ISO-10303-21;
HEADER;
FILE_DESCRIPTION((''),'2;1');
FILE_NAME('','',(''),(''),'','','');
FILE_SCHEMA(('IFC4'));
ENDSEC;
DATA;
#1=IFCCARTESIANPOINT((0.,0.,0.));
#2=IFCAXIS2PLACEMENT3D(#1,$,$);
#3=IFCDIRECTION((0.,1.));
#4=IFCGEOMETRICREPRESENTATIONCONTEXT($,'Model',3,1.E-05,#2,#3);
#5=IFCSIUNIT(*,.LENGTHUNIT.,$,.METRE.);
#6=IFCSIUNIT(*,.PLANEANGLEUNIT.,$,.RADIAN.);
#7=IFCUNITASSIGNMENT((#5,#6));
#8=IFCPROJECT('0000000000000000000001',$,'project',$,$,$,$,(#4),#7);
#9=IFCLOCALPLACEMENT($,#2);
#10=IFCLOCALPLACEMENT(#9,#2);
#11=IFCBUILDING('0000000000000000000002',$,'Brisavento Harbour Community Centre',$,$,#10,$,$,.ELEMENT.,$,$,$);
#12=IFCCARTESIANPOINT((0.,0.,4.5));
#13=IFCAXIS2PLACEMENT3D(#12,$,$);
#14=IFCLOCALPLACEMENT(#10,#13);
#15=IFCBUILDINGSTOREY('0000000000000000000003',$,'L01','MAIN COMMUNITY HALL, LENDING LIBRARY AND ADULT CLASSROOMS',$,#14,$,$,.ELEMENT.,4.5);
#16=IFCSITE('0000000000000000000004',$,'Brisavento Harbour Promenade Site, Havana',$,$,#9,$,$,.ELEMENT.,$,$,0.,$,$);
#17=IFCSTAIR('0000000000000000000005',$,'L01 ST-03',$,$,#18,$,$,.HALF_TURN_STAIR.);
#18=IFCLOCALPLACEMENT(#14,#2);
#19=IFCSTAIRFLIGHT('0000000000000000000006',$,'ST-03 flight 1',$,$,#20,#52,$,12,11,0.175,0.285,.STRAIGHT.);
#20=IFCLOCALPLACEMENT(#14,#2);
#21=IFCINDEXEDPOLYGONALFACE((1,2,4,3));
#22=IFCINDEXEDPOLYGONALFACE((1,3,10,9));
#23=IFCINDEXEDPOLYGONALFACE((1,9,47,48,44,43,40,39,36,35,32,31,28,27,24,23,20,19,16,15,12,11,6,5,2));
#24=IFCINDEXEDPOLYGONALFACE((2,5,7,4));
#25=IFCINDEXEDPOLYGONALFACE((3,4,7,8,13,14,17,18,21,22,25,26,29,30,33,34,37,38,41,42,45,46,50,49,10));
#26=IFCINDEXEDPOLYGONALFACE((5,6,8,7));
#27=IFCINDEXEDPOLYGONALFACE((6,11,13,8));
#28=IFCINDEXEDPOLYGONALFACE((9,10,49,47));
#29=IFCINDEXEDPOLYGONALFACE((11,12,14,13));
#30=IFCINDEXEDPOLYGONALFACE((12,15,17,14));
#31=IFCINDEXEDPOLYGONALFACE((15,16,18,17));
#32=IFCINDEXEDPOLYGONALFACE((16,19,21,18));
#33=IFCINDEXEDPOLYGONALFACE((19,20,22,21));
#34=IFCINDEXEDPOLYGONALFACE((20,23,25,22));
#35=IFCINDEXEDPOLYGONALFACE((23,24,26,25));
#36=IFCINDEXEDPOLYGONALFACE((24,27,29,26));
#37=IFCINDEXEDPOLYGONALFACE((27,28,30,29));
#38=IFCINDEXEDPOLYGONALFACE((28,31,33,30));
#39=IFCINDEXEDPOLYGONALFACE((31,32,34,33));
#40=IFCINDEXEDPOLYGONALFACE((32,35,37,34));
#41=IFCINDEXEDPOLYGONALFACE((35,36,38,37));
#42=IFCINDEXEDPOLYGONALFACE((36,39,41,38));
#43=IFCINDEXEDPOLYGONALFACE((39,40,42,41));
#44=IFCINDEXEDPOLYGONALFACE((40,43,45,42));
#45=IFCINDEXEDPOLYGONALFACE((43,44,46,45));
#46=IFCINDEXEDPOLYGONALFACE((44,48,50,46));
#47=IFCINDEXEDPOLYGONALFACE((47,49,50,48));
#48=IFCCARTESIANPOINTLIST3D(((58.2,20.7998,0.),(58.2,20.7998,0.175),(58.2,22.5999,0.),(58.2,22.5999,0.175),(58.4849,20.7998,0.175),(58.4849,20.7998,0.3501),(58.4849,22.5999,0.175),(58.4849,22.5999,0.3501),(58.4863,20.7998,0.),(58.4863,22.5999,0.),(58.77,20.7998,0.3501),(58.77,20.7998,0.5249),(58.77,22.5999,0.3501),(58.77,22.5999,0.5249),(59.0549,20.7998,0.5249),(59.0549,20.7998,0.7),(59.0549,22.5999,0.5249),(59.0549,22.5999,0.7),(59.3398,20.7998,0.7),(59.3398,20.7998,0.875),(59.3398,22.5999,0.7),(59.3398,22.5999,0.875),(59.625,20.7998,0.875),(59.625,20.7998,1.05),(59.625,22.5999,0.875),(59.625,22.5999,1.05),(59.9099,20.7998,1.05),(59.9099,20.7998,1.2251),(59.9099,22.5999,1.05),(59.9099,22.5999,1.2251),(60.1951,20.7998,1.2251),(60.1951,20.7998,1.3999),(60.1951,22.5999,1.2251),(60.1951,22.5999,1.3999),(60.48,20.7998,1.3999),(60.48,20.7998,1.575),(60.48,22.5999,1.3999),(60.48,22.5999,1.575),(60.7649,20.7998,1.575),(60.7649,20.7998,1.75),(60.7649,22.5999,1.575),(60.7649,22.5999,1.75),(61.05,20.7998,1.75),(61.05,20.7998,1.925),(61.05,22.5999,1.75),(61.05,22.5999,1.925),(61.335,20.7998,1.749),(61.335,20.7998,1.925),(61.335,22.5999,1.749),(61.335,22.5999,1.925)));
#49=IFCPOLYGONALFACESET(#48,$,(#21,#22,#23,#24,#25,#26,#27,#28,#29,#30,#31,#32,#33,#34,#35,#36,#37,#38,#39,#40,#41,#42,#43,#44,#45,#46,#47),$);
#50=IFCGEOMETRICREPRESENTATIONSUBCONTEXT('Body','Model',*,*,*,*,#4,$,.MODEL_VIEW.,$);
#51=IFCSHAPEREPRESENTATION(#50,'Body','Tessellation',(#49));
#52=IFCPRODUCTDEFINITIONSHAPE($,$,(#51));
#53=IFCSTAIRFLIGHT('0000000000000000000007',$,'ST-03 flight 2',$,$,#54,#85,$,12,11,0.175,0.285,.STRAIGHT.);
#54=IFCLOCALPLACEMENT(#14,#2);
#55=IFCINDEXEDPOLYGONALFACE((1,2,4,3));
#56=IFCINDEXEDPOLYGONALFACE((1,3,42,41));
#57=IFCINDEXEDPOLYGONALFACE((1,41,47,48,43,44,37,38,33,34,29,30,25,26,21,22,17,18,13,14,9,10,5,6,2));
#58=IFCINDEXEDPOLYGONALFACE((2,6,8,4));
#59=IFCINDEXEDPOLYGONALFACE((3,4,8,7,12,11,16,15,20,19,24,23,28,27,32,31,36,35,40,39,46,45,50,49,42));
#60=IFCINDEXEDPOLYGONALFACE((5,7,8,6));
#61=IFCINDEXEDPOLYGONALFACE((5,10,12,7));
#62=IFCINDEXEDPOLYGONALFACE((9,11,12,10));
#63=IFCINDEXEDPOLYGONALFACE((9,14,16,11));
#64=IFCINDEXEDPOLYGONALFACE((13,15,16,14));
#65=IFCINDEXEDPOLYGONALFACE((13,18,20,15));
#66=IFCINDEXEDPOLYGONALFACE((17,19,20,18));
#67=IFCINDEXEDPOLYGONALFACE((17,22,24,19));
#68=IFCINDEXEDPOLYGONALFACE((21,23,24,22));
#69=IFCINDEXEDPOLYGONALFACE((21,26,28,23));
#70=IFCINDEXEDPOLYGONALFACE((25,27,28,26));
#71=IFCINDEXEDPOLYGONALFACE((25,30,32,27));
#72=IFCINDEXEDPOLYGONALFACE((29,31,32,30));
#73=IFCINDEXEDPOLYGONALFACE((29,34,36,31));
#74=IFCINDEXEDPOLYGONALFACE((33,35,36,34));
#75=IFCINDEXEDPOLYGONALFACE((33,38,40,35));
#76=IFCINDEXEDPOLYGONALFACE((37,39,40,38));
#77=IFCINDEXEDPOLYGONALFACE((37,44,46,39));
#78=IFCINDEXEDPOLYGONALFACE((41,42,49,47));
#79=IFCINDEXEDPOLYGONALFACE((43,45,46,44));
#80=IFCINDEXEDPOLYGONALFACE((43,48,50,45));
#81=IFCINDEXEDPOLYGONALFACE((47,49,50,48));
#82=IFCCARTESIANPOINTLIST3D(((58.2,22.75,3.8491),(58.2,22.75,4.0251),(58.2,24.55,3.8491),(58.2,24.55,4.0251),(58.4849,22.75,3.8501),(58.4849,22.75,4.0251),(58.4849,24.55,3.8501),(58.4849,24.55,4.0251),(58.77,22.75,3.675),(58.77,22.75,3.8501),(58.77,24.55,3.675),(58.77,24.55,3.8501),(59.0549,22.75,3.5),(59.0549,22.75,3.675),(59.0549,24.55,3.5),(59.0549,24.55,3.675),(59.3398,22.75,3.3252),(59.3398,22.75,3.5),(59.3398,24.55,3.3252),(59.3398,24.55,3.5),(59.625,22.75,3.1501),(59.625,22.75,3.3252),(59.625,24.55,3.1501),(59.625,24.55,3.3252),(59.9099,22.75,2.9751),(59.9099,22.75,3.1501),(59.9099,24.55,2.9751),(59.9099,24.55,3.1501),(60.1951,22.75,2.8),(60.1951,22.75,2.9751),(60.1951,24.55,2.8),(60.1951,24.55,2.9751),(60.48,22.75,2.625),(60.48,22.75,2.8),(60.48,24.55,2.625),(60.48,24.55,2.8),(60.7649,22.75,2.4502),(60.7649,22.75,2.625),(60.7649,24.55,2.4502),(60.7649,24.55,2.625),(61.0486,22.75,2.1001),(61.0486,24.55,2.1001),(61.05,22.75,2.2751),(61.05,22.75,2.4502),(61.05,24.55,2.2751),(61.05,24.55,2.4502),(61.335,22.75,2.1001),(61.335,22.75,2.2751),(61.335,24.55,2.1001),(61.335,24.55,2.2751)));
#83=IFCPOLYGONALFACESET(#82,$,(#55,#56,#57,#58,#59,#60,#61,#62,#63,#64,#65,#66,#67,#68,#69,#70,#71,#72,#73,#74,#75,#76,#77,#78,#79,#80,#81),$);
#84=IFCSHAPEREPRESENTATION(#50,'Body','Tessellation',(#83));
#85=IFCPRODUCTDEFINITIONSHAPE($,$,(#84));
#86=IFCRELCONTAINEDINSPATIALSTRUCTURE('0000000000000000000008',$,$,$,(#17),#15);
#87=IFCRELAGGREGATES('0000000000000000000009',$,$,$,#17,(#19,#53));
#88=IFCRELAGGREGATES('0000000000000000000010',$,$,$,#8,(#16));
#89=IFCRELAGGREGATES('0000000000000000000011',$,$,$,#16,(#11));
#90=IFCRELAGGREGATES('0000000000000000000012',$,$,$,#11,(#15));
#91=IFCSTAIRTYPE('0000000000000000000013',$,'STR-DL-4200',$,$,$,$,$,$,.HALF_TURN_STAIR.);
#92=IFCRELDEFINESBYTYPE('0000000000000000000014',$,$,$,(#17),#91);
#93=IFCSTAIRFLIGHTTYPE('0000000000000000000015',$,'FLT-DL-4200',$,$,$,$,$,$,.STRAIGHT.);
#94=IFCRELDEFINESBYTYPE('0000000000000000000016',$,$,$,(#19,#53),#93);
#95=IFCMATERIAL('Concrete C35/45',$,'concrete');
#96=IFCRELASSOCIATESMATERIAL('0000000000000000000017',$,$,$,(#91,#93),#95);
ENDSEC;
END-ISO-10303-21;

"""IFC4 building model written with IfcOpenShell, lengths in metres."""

from ifc_helpers import new_model, si_unit, direction, frame, origin, place, context, subcontext, project, spatial, polyline, outline, extrude, material, type_object, element, aggregate, save


model = new_model("IFC4")

# Units and contexts
model_context = context("Model", 3, precision=1e-05, world=origin(), true_north=direction((0.0, 1.0)))
body_context = subcontext(model_context, "Body", "Model", "MODEL_VIEW")
ifc_project = project(units=[si_unit("LENGTHUNIT", "METRE"), si_unit("PLANEANGLEUNIT", "RADIAN")], contexts=[model_context])

# Site, building, storey
site_placement = place(None, origin())
site = spatial("IfcSite", under=ifc_project, at=site_placement, Name="Brisavento Harbour Promenade Site, Havana", CompositionType="ELEMENT", RefElevation=0.0)
building_placement = place(site_placement, origin())
building = spatial("IfcBuilding", under=site, at=building_placement, Name="Brisavento Harbour Community Centre", CompositionType="ELEMENT")
storey_placement = place(building_placement, frame((0.0, 0.0, 4.5)))
storey = spatial("IfcBuildingStorey", under=building, at=storey_placement, Name="L01", Description="MAIN COMMUNITY HALL, LENDING LIBRARY AND ADULT CLASSROOMS", CompositionType="ELEMENT", Elevation=4.5)

# Shared definitions
ifc_material_1 = material(Name="Concrete C35/45", Category="concrete")

# Stair, stair flights
stair_type = type_object("IfcStairType", Name="STR-DL-4200", PredefinedType="HALF_TURN_STAIR", material=ifc_material_1)
stair_placement = place(storey_placement, origin())
stair = element("IfcStair", 1, at=stair_placement, inside=storey, type_object=stair_type, Name="L01 ST-03", PredefinedType="HALF_TURN_STAIR")
stair_flight_type = type_object("IfcStairFlightType", Name="FLT-DL-4200", PredefinedType="STRAIGHT", material=ifc_material_1)
stair_flight_1_placement = place(storey_placement, frame((58.2, 21.7, 0.0), z_axis=(0.0, 0.0, 1.0), x_axis=(1.0, 0.0, 0.0)))
stair_flight_1 = element("IfcStairFlight", 2, at=stair_flight_1_placement, type_object=stair_flight_type, Name="ST-03 flight 1", NumberOfRisers=12, NumberOfTreads=11, PredefinedType="STRAIGHT", RiserHeight=0.175, TreadLength=0.285, context=body_context, shape_type="SweptSolid", body=[
    extrude(outline(polyline([(0.0, 0.0), (0.0, 0.175), (0.2849, 0.175), (0.2849, 0.3501), (0.5701, 0.3501), (0.5701, 0.5249), (0.855, 0.5249), (0.855, 0.7), (1.1399, 0.7), (1.1399, 0.875), (1.425, 0.875), (1.425, 1.05), (1.71, 1.05), (1.71, 1.2251), (1.9951, 1.2251), (1.9951, 1.3999), (2.28, 1.3999), (2.28, 1.575), (2.5649, 1.575), (2.5649, 1.75), (2.8501, 1.75), (2.8501, 1.925), (3.135, 1.925), (3.135, 2.1001), (3.135, 1.749), (0.2864, 0.0), (0.0, 0.0)])), frame((0.0, 0.8999, 0.0), z_axis=(0.0, -1.0, 0.0), x_axis=(1.0, 0.0, 0.0)), (0.0, 0.0, 1.0), 1.8),
])
stair_flight_2_placement = place(storey_placement, frame((61.335, 23.6499, 2.1001), z_axis=(0.0, 0.0, 1.0), x_axis=(-1.0, 0.0, 0.0)))
stair_flight_2 = element("IfcStairFlight", 3, at=stair_flight_2_placement, type_object=stair_flight_type, Name="ST-03 flight 2", NumberOfRisers=12, NumberOfTreads=11, PredefinedType="STRAIGHT", RiserHeight=0.175, TreadLength=0.285, context=body_context, shape_type="SweptSolid", body=[
    extrude(outline(polyline([(0.0, 0.0), (0.0, 0.175), (0.2849, 0.175), (0.2849, 0.3501), (0.5701, 0.3501), (0.5701, 0.5249), (0.855, 0.5249), (0.855, 0.7), (1.1399, 0.7), (1.1399, 0.875), (1.425, 0.875), (1.425, 1.05), (1.71, 1.05), (1.71, 1.2251), (1.9951, 1.2251), (1.9951, 1.3999), (2.28, 1.3999), (2.28, 1.575), (2.5649, 1.575), (2.5649, 1.75), (2.8501, 1.75), (2.8501, 1.925), (3.135, 1.925), (3.135, 2.1001), (3.135, 1.749), (0.2864, 0.0), (0.0, 0.0)])), frame((0.0, 0.8999, 0.0), z_axis=(0.0, -1.0, 0.0), x_axis=(1.0, 0.0, 0.0)), (0.0, 0.0, 1.0), 1.8),
])
aggregate(stair, [stair_flight_1, stair_flight_2])

save(model, "model.ifc")
